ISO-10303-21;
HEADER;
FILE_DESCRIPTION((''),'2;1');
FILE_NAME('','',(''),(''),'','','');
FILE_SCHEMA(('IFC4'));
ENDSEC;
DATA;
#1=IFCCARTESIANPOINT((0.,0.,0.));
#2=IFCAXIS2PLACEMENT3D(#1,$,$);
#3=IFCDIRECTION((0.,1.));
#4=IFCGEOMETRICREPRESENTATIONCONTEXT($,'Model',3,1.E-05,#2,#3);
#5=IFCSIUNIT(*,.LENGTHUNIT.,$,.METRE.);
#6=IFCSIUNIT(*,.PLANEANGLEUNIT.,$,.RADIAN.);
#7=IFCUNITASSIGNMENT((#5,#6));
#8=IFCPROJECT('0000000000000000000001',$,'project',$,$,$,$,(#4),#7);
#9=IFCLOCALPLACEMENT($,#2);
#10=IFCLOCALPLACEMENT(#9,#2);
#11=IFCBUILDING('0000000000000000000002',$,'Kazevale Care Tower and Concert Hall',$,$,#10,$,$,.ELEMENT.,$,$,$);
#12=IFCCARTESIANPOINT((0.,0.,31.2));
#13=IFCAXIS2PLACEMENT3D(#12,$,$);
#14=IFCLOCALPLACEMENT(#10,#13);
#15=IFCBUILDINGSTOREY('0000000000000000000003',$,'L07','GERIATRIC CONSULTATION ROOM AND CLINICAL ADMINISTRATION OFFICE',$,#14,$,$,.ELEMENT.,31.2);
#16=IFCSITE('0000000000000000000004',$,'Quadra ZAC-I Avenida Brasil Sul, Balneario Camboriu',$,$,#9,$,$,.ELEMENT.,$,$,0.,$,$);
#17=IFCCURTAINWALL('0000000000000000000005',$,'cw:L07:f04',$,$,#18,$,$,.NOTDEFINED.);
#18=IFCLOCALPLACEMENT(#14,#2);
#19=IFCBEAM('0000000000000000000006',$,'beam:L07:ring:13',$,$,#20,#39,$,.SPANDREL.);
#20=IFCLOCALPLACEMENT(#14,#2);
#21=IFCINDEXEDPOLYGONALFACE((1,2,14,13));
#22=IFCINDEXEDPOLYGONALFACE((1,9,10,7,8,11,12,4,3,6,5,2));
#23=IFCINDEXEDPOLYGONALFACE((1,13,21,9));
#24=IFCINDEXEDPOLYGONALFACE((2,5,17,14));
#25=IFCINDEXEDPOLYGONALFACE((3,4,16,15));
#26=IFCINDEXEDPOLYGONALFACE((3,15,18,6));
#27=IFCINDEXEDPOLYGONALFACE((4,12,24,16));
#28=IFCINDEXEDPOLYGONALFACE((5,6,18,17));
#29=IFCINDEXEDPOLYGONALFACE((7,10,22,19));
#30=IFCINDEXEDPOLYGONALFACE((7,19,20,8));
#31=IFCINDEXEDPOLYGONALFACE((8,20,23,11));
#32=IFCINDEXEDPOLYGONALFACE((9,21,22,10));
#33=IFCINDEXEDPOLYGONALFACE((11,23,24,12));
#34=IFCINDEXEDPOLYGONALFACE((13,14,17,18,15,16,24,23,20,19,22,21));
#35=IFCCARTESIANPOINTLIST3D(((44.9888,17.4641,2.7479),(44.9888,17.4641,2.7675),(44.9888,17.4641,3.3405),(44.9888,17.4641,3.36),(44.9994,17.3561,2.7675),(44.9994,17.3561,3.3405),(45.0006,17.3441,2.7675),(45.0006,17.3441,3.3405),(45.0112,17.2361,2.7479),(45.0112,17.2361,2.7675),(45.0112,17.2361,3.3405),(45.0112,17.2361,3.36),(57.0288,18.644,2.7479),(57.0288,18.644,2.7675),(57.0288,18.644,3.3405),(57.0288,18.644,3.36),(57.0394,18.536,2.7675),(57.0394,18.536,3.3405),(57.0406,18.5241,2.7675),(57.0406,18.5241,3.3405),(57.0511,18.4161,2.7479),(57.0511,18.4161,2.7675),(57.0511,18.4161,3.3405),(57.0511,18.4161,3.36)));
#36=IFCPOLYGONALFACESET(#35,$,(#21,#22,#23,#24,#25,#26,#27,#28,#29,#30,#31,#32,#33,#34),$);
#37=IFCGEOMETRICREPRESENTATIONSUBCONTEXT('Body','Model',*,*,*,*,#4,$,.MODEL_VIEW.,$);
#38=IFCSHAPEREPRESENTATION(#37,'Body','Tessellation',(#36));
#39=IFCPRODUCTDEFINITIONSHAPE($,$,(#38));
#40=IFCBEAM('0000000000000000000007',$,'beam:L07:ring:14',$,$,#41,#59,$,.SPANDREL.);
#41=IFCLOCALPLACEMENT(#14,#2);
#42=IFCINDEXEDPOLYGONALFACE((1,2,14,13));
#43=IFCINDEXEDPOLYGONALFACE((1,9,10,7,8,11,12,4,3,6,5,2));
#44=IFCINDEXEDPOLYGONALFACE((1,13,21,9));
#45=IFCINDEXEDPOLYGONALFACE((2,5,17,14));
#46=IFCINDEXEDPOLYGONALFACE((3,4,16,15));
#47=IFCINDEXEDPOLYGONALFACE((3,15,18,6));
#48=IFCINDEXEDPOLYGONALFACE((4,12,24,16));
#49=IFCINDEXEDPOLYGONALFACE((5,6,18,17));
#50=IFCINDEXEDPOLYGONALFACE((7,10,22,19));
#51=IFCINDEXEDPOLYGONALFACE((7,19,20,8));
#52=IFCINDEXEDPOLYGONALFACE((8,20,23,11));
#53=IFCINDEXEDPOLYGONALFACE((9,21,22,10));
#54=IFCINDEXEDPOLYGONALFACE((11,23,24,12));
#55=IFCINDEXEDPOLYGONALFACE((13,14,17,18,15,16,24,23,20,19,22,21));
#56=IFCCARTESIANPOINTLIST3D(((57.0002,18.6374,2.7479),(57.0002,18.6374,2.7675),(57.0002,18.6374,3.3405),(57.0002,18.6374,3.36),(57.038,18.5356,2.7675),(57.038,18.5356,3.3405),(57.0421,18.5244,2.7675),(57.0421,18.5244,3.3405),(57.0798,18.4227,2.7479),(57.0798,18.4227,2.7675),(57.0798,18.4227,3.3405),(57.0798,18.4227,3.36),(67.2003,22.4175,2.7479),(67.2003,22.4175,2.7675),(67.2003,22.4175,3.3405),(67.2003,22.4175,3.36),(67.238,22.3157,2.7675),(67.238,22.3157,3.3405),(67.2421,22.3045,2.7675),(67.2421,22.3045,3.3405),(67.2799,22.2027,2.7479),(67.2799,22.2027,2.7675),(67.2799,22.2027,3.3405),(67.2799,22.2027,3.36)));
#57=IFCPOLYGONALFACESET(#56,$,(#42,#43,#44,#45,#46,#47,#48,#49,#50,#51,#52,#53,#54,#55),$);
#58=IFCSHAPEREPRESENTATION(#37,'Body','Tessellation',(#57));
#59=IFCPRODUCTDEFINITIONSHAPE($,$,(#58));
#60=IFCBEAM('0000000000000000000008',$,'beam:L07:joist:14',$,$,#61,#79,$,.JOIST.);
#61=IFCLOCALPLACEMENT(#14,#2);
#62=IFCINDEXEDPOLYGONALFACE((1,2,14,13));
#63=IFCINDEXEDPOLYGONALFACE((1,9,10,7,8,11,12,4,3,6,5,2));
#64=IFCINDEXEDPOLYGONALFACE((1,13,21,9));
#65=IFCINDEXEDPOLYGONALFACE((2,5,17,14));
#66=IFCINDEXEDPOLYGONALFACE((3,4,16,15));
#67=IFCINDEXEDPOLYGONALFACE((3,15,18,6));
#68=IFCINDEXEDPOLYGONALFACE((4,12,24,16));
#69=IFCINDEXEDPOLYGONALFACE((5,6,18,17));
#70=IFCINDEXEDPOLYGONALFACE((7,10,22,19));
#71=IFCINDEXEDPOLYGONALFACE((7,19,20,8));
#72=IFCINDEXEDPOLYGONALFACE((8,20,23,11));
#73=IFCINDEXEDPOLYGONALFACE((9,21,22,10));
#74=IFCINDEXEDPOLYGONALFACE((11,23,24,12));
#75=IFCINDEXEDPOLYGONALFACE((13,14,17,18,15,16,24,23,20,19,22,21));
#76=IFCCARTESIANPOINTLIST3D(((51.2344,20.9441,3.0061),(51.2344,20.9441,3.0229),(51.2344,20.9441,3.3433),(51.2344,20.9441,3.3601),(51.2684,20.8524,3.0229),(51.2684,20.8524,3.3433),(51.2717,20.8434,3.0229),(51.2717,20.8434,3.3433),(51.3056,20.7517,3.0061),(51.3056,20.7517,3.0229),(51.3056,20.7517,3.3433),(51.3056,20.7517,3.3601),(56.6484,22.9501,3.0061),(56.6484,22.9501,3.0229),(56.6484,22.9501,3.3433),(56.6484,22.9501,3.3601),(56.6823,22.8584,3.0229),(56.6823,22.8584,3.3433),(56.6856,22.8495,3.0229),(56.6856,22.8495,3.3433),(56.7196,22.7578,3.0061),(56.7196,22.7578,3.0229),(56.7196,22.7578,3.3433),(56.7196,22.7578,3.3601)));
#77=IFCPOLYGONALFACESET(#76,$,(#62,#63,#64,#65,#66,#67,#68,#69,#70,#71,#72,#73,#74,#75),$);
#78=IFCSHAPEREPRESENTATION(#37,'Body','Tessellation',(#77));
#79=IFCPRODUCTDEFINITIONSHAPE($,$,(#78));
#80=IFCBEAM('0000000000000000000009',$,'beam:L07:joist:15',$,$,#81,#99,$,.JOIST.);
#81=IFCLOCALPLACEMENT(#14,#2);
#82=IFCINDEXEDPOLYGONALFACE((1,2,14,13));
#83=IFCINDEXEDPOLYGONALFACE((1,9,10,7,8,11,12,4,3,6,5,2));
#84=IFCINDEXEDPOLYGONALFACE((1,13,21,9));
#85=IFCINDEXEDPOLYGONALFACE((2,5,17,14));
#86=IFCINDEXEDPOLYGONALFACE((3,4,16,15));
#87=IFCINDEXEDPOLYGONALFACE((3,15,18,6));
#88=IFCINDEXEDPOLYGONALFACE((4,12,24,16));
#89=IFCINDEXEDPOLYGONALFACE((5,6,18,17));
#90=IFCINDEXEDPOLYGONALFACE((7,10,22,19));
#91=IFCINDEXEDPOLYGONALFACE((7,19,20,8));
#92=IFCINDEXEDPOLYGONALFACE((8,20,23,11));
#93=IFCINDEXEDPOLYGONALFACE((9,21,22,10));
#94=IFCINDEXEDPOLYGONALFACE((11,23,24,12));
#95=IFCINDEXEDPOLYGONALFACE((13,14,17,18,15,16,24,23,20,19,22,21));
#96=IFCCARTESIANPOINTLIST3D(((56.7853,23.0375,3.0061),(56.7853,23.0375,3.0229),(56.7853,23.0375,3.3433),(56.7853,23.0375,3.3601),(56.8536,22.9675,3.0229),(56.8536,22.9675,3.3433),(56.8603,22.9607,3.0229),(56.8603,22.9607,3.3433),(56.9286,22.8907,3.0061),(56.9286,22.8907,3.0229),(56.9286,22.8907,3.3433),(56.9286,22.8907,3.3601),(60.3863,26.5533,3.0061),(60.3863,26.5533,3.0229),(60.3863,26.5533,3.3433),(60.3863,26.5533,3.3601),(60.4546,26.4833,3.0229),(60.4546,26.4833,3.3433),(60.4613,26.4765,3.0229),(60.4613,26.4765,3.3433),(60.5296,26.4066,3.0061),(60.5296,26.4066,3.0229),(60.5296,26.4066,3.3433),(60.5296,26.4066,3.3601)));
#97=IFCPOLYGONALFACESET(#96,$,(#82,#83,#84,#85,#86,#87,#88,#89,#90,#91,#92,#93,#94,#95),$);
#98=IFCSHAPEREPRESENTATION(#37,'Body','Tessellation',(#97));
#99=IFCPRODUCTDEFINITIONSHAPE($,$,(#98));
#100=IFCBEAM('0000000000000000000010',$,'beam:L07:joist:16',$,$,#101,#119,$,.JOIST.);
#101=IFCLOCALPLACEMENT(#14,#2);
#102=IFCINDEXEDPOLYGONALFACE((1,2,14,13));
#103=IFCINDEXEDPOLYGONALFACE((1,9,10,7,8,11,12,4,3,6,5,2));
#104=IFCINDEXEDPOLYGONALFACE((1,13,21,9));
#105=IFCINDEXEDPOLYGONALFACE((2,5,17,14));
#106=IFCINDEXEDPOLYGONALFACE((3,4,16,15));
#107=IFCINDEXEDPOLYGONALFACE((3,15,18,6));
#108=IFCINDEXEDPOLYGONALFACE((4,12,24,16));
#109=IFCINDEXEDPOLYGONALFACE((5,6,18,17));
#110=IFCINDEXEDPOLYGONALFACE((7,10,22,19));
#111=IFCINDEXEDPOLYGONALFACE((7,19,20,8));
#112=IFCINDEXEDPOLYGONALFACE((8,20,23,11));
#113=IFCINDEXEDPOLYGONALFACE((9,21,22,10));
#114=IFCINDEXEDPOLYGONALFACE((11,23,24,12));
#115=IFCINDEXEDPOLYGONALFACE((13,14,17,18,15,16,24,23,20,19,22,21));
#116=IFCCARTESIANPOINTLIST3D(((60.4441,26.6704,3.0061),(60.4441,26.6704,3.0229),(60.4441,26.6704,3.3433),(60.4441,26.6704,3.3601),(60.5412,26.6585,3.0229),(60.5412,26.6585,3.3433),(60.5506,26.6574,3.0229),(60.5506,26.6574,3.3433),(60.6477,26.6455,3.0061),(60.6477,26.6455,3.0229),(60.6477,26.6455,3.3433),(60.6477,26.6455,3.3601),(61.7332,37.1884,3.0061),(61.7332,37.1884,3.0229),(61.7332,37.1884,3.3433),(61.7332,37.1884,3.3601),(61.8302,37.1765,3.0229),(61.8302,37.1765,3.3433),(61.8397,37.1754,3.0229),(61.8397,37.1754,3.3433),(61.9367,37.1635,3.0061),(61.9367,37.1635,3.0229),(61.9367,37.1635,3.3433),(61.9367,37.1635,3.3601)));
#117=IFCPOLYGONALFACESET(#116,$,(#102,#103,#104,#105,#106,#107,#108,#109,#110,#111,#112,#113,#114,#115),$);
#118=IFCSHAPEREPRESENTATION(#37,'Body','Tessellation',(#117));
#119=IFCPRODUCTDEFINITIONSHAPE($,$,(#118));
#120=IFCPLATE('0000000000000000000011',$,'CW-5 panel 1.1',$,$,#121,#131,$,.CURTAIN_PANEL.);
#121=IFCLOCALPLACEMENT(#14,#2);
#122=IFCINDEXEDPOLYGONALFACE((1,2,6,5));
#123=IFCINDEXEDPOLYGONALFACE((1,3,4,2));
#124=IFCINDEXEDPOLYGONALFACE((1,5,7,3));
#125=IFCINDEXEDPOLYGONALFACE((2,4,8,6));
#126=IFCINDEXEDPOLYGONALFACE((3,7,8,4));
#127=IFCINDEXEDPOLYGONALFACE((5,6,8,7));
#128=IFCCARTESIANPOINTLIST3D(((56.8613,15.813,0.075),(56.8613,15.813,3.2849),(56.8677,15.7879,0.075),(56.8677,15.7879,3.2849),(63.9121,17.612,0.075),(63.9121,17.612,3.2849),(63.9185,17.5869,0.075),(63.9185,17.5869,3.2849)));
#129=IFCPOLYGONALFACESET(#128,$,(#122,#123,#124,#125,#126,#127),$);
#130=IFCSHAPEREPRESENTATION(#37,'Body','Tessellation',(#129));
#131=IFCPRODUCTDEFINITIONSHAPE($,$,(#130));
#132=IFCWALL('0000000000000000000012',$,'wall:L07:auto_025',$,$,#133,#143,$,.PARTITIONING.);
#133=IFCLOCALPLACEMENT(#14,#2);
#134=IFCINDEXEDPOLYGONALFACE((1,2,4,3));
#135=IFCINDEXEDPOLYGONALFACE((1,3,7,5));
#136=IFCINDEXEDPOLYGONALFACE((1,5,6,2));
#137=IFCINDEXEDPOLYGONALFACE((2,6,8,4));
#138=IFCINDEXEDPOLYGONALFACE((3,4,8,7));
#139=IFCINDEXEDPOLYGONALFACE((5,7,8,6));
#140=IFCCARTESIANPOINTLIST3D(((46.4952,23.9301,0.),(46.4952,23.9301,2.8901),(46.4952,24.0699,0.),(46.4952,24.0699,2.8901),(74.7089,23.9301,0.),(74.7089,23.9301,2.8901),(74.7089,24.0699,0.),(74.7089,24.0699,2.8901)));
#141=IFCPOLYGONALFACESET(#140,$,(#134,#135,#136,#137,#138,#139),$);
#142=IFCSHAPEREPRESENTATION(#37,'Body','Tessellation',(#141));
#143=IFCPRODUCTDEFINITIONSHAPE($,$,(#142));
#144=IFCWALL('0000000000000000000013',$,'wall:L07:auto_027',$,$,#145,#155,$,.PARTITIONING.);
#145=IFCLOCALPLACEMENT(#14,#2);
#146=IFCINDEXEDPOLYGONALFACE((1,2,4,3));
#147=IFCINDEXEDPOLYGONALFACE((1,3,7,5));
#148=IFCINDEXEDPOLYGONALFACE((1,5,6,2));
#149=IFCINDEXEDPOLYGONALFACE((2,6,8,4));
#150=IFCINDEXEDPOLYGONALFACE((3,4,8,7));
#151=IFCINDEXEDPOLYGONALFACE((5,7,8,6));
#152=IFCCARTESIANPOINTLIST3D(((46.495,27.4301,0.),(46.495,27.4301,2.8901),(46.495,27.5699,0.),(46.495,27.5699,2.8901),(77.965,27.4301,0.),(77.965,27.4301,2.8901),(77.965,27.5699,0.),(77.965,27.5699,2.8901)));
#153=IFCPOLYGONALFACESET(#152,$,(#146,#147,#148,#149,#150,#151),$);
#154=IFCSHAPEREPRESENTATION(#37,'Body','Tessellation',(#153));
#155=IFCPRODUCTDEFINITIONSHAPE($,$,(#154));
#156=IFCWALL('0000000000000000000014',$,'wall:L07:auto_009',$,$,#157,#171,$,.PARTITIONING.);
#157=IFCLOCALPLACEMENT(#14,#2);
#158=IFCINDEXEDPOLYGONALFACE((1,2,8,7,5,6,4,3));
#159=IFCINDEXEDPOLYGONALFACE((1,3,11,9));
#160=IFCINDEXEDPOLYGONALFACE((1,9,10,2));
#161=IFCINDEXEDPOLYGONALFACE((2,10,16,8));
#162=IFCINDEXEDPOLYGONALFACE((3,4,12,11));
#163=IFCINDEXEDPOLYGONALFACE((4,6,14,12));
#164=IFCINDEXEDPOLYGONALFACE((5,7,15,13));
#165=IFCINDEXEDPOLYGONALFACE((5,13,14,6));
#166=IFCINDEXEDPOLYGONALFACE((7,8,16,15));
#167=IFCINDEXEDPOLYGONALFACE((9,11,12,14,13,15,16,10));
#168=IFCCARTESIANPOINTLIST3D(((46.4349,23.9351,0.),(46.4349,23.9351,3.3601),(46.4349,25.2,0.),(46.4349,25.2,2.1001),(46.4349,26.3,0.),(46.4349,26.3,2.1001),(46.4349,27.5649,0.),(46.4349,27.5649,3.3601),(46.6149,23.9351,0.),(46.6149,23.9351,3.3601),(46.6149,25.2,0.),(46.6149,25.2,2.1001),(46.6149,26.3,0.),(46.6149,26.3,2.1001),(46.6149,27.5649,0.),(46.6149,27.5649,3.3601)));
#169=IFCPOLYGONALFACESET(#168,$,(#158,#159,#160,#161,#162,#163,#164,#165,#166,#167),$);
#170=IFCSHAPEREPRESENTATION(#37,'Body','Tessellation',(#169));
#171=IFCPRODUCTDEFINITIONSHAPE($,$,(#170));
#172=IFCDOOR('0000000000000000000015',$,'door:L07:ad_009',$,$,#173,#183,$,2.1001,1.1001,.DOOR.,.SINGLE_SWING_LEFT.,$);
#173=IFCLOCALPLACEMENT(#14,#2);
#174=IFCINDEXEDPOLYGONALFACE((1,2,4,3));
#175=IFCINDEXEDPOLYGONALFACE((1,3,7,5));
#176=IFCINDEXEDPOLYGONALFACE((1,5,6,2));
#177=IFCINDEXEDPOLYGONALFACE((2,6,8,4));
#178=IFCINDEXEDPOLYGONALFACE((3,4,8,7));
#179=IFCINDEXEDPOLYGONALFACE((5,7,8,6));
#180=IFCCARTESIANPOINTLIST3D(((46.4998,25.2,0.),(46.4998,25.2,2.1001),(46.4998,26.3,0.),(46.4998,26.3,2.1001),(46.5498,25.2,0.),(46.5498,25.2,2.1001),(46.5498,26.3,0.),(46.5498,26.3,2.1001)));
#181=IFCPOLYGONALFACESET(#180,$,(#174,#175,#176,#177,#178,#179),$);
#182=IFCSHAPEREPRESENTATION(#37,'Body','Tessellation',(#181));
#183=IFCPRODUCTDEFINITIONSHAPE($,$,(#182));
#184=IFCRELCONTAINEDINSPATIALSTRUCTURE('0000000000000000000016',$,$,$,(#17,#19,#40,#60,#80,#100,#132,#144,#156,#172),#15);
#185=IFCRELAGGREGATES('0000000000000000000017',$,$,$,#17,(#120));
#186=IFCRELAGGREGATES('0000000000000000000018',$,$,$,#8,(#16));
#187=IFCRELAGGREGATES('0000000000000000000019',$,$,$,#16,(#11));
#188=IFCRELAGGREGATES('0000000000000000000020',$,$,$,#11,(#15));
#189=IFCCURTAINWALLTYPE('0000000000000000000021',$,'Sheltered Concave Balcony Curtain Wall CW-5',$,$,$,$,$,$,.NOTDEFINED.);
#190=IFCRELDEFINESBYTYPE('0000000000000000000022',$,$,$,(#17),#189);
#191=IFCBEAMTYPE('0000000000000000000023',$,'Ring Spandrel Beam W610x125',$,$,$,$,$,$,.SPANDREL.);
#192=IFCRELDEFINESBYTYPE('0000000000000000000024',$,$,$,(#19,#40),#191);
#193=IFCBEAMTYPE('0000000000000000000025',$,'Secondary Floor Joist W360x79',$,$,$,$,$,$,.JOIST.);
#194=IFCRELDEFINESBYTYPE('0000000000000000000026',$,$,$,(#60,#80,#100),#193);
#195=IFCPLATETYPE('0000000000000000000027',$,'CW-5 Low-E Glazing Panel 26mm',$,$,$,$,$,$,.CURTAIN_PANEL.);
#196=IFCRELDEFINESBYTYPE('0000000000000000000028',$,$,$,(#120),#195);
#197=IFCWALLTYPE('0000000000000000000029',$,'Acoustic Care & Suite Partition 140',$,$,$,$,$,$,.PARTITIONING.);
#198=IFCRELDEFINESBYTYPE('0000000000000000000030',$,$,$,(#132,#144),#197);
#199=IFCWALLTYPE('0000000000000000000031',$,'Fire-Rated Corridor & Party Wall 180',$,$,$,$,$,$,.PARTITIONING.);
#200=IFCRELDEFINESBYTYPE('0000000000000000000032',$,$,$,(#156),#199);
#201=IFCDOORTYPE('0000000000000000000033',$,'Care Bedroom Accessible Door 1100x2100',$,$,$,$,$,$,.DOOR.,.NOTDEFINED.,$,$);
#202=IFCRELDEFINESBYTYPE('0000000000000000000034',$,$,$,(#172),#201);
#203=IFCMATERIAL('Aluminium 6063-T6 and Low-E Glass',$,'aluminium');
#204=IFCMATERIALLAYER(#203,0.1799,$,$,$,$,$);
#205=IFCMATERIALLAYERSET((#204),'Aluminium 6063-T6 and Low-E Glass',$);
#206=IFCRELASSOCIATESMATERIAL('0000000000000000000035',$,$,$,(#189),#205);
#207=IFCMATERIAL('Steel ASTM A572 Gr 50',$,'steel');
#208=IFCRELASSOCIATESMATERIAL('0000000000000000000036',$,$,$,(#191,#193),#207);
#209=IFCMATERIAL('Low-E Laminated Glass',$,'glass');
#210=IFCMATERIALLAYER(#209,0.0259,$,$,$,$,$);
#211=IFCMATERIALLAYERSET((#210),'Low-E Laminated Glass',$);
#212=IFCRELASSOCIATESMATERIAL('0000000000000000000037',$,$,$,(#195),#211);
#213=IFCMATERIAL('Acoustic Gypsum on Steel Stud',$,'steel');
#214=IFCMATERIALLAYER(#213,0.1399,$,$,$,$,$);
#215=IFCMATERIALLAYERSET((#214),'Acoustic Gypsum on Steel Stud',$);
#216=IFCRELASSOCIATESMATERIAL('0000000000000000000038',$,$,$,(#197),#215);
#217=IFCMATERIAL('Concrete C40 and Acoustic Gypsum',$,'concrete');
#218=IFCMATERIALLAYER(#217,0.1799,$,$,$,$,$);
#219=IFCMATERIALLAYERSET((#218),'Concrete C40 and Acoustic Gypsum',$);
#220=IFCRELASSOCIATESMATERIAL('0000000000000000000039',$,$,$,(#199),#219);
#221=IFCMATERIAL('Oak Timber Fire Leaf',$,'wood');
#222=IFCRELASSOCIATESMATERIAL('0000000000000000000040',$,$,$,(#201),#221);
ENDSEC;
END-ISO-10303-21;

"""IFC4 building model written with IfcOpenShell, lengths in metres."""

from ifc_helpers import new_model, si_unit, direction, frame, frame_2d, origin, origin_2d, place, context, subcontext, project, spatial, rectangle, i_section, extrude, material, layer, layer_set, material_profile, profile_set, type_object, element, fill, aggregate, save


model = new_model("IFC4")

# Units and contexts
model_context = context("Model", 3, precision=1e-05, world=origin(), true_north=direction((0.0, 1.0)))
body_context = subcontext(model_context, "Body", "Model", "MODEL_VIEW")
ifc_project = project(units=[si_unit("LENGTHUNIT", "METRE"), si_unit("PLANEANGLEUNIT", "RADIAN")], contexts=[model_context])

# Site, building, storey
site_placement = place(None, origin())
site = spatial("IfcSite", under=ifc_project, at=site_placement, Name="Quadra ZAC-I Avenida Brasil Sul, Balneario Camboriu", CompositionType="ELEMENT", RefElevation=0.0)
building_placement = place(site_placement, origin())
building = spatial("IfcBuilding", under=site, at=building_placement, Name="Kazevale Care Tower and Concert Hall", CompositionType="ELEMENT")
storey_placement = place(building_placement, frame((0.0, 0.0, 31.2)))
storey = spatial("IfcBuildingStorey", under=building, at=storey_placement, Name="L07", Description="GERIATRIC CONSULTATION ROOM AND CLINICAL ADMINISTRATION OFFICE", CompositionType="ELEMENT", Elevation=31.2)

# Curtain wall
ifc_material_1 = material(Name="Aluminium 6063-T6 and Low-E Glass", Category="aluminium")
ifc_layer_1 = layer(ifc_material_1, 0.1799)
ifc_layer_set_1 = layer_set([ifc_layer_1], Name="Aluminium 6063-T6 and Low-E Glass")
curtain_wall_type = type_object("IfcCurtainWallType", Name="Sheltered Concave Balcony Curtain Wall CW-5", PredefinedType="NOTDEFINED", material=ifc_layer_set_1)
curtain_wall_1_placement = place(storey_placement, origin())
curtain_wall_1 = element("IfcCurtainWall", 1, at=curtain_wall_1_placement, inside=storey, type_object=curtain_wall_type, Name="cw:L07:f04", PredefinedType="NOTDEFINED")

# Beams
ifc_material_2 = material(Name="Steel ASTM A572 Gr 50", Category="steel")
ifc_material_profile_1 = material_profile(ifc_material_2, i_section(OverallWidth=0.229, OverallDepth=0.6121, WebThickness=0.012, FlangeThickness=0.0195, at=origin_2d()), Name="W610x125")
ifc_profile_set_1 = profile_set([ifc_material_profile_1], Name="Steel ASTM A572 Gr 50")
beam_type_1 = type_object("IfcBeamType", Name="Ring Spandrel Beam W610x125", PredefinedType="SPANDREL", material=ifc_profile_set_1)
beam_1_placement = place(storey_placement, frame((45.0, 17.3501, 3.054), z_axis=(0.995232, 0.097533, 0.0), x_axis=(-0.097533, 0.995232, 0.0)))
element("IfcBeam", 2, at=beam_1_placement, inside=storey, type_object=beam_type_1, Name="beam:L07:ring:13", PredefinedType="SPANDREL", context=body_context, shape_type="SweptSolid", body=[
    extrude(i_section(OverallWidth=0.229, OverallDepth=0.6121, WebThickness=0.012, FlangeThickness=0.0195, at=origin_2d()), origin(), (0.0, 0.0, 1.0), 12.0977),
])
beam_2_placement = place(storey_placement, frame((57.04, 18.53, 3.054), z_axis=(0.937681, 0.347498, 0.0), x_axis=(-0.347498, 0.937681, 0.0)))
element("IfcBeam", 3, at=beam_2_placement, inside=storey, type_object=beam_type_1, Name="beam:L07:ring:14", PredefinedType="SPANDREL", context=body_context, shape_type="SweptSolid", body=[
    extrude(i_section(OverallWidth=0.229, OverallDepth=0.6121, WebThickness=0.012, FlangeThickness=0.0195, at=origin_2d()), origin(), (0.0, 0.0, 1.0), 10.8779),
])
ifc_material_profile_2 = material_profile(ifc_material_2, i_section(OverallWidth=0.2051, OverallDepth=0.354, WebThickness=0.0095, FlangeThickness=0.0168, at=origin_2d()), Name="W360x79")
ifc_profile_set_2 = profile_set([ifc_material_profile_2], Name="Steel ASTM A572 Gr 50")
beam_type_2 = type_object("IfcBeamType", Name="Secondary Floor Joist W360x79", PredefinedType="JOIST", material=ifc_profile_set_2)
beam_3_placement = place(storey_placement, frame((51.27, 20.8479, 3.1831), z_axis=(0.937698, 0.347451, 0.0), x_axis=(-0.347451, 0.937698, 0.0)))
element("IfcBeam", 4, at=beam_3_placement, inside=storey, type_object=beam_type_2, Name="beam:L07:joist:14", PredefinedType="JOIST", context=body_context, shape_type="SweptSolid", body=[
    extrude(i_section(OverallWidth=0.2051, OverallDepth=0.354, WebThickness=0.0095, FlangeThickness=0.0168, at=origin_2d()), origin(), (0.0, 0.0, 1.0), 5.7737),
])
beam_4_placement = place(storey_placement, frame((56.8569, 22.9641, 3.1831), z_axis=(0.715521, 0.698591, 0.0), x_axis=(-0.698591, 0.715521, 0.0)))
element("IfcBeam", 5, at=beam_4_placement, inside=storey, type_object=beam_type_2, Name="beam:L07:joist:15", PredefinedType="JOIST", context=body_context, shape_type="SweptSolid", body=[
    extrude(i_section(OverallWidth=0.2051, OverallDepth=0.354, WebThickness=0.0095, FlangeThickness=0.0168, at=origin_2d()), origin(), (0.0, 0.0, 1.0), 5.0327),
])
beam_5_placement = place(storey_placement, frame((60.5459, 26.658, 3.1831), z_axis=(0.121647, 0.992573, 0.0), x_axis=(-0.992573, 0.121647, 0.0)))
element("IfcBeam", 6, at=beam_5_placement, inside=storey, type_object=beam_type_2, Name="beam:L07:joist:16", PredefinedType="JOIST", context=body_context, shape_type="SweptSolid", body=[
    extrude(i_section(OverallWidth=0.2051, OverallDepth=0.354, WebThickness=0.0095, FlangeThickness=0.0168, at=origin_2d()), origin(), (0.0, 0.0, 1.0), 10.5967),
])

# Plate
ifc_material_3 = material(Name="Low-E Laminated Glass", Category="glass")
ifc_layer_2 = layer(ifc_material_3, 0.0259)
ifc_layer_set_2 = layer_set([ifc_layer_2], Name="Low-E Laminated Glass")
plate_type = type_object("IfcPlateType", Name="CW-5 Low-E Glazing Panel 26mm", PredefinedType="CURTAIN_PANEL", material=ifc_layer_set_2)
plate_placement = place(storey_placement, frame((60.3899, 16.7, 0.075), z_axis=(0.0, 0.0, 1.0), x_axis=(-0.968959, -0.247222, 0.0)))
plate = element("IfcPlate", 7, at=plate_placement, type_object=plate_type, Name="CW-5 panel 1.1", PredefinedType="CURTAIN_PANEL", context=body_context, shape_type="SweptSolid", body=[
    extrude(rectangle(XDim=7.2766, YDim=0.0259, at=origin_2d()), origin(), (0.0, 0.0, 1.0), 3.21),
])
aggregate(curtain_wall_1, [plate])

# Walls
ifc_material_4 = material(Name="Acoustic Gypsum on Steel Stud", Category="steel")
ifc_layer_3 = layer(ifc_material_4, 0.1399)
ifc_layer_set_3 = layer_set([ifc_layer_3], Name="Acoustic Gypsum on Steel Stud")
wall_type_1 = type_object("IfcWallType", Name="Acoustic Care & Suite Partition 140", PredefinedType="PARTITIONING", material=ifc_layer_set_3)
wall_1_placement = place(storey_placement, frame((46.4951, 24.0, 0.0), z_axis=(0.0, 0.0, 1.0), x_axis=(1.0, 0.0, 0.0)))
element("IfcWall", 8, at=wall_1_placement, inside=storey, type_object=wall_type_1, Name="wall:L07:auto_025", PredefinedType="PARTITIONING", context=body_context, shape_type="SweptSolid", body=[
    extrude(rectangle(XDim=28.2136, YDim=0.1399, at=frame_2d((14.1069, 0.0))), origin(), (0.0, 0.0, 1.0), 2.8901),
])
wall_2_placement = place(storey_placement, frame((46.4951, 27.5, 0.0), z_axis=(0.0, 0.0, 1.0), x_axis=(1.0, 0.0, 0.0)))
element("IfcWall", 9, at=wall_2_placement, inside=storey, type_object=wall_type_1, Name="wall:L07:auto_027", PredefinedType="PARTITIONING", context=body_context, shape_type="SweptSolid", body=[
    extrude(rectangle(XDim=31.47, YDim=0.1399, at=frame_2d((15.7349, 0.0))), origin(), (0.0, 0.0, 1.0), 2.8901),
])

# Wall, opening, door
ifc_material_5 = material(Name="Concrete C40 and Acoustic Gypsum", Category="concrete")
ifc_layer_4 = layer(ifc_material_5, 0.1799)
ifc_layer_set_4 = layer_set([ifc_layer_4], Name="Concrete C40 and Acoustic Gypsum")
wall_type_2 = type_object("IfcWallType", Name="Fire-Rated Corridor & Party Wall 180", PredefinedType="PARTITIONING", material=ifc_layer_set_4)
ifc_material_6 = material(Name="Oak Timber Fire Leaf", Category="wood")
wall_3_placement = place(storey_placement, frame((46.5249, 27.5649, 0.0), z_axis=(0.0, 0.0, 1.0), x_axis=(0.0, -1.0, 0.0)))
wall_3 = element("IfcWall", 10, at=wall_3_placement, inside=storey, type_object=wall_type_2, Name="wall:L07:auto_009", PredefinedType="PARTITIONING", context=body_context, shape_type="SweptSolid", body=[
    extrude(rectangle(XDim=3.6299, YDim=0.1799, at=frame_2d((1.8149, 0.0))), origin(), (0.0, 0.0, 1.0), 3.3601),
])
opening_1_placement = place(wall_3_placement, frame((1.2649, 0.0, 0.0)))
opening_1 = element("IfcOpeningElement", 11, at=opening_1_placement, cuts=wall_3, PredefinedType="OPENING", context=body_context, shape_type="SweptSolid", body=[
    extrude(rectangle(XDim=1.1001, YDim=2.1001, at=frame_2d((0.55, 1.05))), frame((0.0, 0.0999, 0.0), z_axis=(0.0, -1.0, 0.0), x_axis=(1.0, 0.0, 0.0)), (0.0, 0.0, 1.0), 0.2),
])
door_type_1 = type_object("IfcDoorType", Name="Care Bedroom Accessible Door 1100x2100", OperationType="NOTDEFINED", PredefinedType="DOOR", material=ifc_material_6)
door_1_placement = place(opening_1_placement, origin())
door_1 = element("IfcDoor", 12, at=door_1_placement, inside=storey, type_object=door_type_1, Name="door:L07:ad_009", OperationType="SINGLE_SWING_LEFT", OverallHeight=2.1001, OverallWidth=1.1001, PredefinedType="DOOR", context=body_context, shape_type="SweptSolid", body=[
    extrude(rectangle(XDim=1.1001, YDim=2.1001, at=frame_2d((0.55, 1.05))), frame((0.0, 0.0249, 0.0), z_axis=(0.0, -1.0, 0.0), x_axis=(1.0, 0.0, 0.0)), (0.0, 0.0, 1.0), 0.05),
])
fill(opening_1, door_1)

save(model, "model.ifc")
